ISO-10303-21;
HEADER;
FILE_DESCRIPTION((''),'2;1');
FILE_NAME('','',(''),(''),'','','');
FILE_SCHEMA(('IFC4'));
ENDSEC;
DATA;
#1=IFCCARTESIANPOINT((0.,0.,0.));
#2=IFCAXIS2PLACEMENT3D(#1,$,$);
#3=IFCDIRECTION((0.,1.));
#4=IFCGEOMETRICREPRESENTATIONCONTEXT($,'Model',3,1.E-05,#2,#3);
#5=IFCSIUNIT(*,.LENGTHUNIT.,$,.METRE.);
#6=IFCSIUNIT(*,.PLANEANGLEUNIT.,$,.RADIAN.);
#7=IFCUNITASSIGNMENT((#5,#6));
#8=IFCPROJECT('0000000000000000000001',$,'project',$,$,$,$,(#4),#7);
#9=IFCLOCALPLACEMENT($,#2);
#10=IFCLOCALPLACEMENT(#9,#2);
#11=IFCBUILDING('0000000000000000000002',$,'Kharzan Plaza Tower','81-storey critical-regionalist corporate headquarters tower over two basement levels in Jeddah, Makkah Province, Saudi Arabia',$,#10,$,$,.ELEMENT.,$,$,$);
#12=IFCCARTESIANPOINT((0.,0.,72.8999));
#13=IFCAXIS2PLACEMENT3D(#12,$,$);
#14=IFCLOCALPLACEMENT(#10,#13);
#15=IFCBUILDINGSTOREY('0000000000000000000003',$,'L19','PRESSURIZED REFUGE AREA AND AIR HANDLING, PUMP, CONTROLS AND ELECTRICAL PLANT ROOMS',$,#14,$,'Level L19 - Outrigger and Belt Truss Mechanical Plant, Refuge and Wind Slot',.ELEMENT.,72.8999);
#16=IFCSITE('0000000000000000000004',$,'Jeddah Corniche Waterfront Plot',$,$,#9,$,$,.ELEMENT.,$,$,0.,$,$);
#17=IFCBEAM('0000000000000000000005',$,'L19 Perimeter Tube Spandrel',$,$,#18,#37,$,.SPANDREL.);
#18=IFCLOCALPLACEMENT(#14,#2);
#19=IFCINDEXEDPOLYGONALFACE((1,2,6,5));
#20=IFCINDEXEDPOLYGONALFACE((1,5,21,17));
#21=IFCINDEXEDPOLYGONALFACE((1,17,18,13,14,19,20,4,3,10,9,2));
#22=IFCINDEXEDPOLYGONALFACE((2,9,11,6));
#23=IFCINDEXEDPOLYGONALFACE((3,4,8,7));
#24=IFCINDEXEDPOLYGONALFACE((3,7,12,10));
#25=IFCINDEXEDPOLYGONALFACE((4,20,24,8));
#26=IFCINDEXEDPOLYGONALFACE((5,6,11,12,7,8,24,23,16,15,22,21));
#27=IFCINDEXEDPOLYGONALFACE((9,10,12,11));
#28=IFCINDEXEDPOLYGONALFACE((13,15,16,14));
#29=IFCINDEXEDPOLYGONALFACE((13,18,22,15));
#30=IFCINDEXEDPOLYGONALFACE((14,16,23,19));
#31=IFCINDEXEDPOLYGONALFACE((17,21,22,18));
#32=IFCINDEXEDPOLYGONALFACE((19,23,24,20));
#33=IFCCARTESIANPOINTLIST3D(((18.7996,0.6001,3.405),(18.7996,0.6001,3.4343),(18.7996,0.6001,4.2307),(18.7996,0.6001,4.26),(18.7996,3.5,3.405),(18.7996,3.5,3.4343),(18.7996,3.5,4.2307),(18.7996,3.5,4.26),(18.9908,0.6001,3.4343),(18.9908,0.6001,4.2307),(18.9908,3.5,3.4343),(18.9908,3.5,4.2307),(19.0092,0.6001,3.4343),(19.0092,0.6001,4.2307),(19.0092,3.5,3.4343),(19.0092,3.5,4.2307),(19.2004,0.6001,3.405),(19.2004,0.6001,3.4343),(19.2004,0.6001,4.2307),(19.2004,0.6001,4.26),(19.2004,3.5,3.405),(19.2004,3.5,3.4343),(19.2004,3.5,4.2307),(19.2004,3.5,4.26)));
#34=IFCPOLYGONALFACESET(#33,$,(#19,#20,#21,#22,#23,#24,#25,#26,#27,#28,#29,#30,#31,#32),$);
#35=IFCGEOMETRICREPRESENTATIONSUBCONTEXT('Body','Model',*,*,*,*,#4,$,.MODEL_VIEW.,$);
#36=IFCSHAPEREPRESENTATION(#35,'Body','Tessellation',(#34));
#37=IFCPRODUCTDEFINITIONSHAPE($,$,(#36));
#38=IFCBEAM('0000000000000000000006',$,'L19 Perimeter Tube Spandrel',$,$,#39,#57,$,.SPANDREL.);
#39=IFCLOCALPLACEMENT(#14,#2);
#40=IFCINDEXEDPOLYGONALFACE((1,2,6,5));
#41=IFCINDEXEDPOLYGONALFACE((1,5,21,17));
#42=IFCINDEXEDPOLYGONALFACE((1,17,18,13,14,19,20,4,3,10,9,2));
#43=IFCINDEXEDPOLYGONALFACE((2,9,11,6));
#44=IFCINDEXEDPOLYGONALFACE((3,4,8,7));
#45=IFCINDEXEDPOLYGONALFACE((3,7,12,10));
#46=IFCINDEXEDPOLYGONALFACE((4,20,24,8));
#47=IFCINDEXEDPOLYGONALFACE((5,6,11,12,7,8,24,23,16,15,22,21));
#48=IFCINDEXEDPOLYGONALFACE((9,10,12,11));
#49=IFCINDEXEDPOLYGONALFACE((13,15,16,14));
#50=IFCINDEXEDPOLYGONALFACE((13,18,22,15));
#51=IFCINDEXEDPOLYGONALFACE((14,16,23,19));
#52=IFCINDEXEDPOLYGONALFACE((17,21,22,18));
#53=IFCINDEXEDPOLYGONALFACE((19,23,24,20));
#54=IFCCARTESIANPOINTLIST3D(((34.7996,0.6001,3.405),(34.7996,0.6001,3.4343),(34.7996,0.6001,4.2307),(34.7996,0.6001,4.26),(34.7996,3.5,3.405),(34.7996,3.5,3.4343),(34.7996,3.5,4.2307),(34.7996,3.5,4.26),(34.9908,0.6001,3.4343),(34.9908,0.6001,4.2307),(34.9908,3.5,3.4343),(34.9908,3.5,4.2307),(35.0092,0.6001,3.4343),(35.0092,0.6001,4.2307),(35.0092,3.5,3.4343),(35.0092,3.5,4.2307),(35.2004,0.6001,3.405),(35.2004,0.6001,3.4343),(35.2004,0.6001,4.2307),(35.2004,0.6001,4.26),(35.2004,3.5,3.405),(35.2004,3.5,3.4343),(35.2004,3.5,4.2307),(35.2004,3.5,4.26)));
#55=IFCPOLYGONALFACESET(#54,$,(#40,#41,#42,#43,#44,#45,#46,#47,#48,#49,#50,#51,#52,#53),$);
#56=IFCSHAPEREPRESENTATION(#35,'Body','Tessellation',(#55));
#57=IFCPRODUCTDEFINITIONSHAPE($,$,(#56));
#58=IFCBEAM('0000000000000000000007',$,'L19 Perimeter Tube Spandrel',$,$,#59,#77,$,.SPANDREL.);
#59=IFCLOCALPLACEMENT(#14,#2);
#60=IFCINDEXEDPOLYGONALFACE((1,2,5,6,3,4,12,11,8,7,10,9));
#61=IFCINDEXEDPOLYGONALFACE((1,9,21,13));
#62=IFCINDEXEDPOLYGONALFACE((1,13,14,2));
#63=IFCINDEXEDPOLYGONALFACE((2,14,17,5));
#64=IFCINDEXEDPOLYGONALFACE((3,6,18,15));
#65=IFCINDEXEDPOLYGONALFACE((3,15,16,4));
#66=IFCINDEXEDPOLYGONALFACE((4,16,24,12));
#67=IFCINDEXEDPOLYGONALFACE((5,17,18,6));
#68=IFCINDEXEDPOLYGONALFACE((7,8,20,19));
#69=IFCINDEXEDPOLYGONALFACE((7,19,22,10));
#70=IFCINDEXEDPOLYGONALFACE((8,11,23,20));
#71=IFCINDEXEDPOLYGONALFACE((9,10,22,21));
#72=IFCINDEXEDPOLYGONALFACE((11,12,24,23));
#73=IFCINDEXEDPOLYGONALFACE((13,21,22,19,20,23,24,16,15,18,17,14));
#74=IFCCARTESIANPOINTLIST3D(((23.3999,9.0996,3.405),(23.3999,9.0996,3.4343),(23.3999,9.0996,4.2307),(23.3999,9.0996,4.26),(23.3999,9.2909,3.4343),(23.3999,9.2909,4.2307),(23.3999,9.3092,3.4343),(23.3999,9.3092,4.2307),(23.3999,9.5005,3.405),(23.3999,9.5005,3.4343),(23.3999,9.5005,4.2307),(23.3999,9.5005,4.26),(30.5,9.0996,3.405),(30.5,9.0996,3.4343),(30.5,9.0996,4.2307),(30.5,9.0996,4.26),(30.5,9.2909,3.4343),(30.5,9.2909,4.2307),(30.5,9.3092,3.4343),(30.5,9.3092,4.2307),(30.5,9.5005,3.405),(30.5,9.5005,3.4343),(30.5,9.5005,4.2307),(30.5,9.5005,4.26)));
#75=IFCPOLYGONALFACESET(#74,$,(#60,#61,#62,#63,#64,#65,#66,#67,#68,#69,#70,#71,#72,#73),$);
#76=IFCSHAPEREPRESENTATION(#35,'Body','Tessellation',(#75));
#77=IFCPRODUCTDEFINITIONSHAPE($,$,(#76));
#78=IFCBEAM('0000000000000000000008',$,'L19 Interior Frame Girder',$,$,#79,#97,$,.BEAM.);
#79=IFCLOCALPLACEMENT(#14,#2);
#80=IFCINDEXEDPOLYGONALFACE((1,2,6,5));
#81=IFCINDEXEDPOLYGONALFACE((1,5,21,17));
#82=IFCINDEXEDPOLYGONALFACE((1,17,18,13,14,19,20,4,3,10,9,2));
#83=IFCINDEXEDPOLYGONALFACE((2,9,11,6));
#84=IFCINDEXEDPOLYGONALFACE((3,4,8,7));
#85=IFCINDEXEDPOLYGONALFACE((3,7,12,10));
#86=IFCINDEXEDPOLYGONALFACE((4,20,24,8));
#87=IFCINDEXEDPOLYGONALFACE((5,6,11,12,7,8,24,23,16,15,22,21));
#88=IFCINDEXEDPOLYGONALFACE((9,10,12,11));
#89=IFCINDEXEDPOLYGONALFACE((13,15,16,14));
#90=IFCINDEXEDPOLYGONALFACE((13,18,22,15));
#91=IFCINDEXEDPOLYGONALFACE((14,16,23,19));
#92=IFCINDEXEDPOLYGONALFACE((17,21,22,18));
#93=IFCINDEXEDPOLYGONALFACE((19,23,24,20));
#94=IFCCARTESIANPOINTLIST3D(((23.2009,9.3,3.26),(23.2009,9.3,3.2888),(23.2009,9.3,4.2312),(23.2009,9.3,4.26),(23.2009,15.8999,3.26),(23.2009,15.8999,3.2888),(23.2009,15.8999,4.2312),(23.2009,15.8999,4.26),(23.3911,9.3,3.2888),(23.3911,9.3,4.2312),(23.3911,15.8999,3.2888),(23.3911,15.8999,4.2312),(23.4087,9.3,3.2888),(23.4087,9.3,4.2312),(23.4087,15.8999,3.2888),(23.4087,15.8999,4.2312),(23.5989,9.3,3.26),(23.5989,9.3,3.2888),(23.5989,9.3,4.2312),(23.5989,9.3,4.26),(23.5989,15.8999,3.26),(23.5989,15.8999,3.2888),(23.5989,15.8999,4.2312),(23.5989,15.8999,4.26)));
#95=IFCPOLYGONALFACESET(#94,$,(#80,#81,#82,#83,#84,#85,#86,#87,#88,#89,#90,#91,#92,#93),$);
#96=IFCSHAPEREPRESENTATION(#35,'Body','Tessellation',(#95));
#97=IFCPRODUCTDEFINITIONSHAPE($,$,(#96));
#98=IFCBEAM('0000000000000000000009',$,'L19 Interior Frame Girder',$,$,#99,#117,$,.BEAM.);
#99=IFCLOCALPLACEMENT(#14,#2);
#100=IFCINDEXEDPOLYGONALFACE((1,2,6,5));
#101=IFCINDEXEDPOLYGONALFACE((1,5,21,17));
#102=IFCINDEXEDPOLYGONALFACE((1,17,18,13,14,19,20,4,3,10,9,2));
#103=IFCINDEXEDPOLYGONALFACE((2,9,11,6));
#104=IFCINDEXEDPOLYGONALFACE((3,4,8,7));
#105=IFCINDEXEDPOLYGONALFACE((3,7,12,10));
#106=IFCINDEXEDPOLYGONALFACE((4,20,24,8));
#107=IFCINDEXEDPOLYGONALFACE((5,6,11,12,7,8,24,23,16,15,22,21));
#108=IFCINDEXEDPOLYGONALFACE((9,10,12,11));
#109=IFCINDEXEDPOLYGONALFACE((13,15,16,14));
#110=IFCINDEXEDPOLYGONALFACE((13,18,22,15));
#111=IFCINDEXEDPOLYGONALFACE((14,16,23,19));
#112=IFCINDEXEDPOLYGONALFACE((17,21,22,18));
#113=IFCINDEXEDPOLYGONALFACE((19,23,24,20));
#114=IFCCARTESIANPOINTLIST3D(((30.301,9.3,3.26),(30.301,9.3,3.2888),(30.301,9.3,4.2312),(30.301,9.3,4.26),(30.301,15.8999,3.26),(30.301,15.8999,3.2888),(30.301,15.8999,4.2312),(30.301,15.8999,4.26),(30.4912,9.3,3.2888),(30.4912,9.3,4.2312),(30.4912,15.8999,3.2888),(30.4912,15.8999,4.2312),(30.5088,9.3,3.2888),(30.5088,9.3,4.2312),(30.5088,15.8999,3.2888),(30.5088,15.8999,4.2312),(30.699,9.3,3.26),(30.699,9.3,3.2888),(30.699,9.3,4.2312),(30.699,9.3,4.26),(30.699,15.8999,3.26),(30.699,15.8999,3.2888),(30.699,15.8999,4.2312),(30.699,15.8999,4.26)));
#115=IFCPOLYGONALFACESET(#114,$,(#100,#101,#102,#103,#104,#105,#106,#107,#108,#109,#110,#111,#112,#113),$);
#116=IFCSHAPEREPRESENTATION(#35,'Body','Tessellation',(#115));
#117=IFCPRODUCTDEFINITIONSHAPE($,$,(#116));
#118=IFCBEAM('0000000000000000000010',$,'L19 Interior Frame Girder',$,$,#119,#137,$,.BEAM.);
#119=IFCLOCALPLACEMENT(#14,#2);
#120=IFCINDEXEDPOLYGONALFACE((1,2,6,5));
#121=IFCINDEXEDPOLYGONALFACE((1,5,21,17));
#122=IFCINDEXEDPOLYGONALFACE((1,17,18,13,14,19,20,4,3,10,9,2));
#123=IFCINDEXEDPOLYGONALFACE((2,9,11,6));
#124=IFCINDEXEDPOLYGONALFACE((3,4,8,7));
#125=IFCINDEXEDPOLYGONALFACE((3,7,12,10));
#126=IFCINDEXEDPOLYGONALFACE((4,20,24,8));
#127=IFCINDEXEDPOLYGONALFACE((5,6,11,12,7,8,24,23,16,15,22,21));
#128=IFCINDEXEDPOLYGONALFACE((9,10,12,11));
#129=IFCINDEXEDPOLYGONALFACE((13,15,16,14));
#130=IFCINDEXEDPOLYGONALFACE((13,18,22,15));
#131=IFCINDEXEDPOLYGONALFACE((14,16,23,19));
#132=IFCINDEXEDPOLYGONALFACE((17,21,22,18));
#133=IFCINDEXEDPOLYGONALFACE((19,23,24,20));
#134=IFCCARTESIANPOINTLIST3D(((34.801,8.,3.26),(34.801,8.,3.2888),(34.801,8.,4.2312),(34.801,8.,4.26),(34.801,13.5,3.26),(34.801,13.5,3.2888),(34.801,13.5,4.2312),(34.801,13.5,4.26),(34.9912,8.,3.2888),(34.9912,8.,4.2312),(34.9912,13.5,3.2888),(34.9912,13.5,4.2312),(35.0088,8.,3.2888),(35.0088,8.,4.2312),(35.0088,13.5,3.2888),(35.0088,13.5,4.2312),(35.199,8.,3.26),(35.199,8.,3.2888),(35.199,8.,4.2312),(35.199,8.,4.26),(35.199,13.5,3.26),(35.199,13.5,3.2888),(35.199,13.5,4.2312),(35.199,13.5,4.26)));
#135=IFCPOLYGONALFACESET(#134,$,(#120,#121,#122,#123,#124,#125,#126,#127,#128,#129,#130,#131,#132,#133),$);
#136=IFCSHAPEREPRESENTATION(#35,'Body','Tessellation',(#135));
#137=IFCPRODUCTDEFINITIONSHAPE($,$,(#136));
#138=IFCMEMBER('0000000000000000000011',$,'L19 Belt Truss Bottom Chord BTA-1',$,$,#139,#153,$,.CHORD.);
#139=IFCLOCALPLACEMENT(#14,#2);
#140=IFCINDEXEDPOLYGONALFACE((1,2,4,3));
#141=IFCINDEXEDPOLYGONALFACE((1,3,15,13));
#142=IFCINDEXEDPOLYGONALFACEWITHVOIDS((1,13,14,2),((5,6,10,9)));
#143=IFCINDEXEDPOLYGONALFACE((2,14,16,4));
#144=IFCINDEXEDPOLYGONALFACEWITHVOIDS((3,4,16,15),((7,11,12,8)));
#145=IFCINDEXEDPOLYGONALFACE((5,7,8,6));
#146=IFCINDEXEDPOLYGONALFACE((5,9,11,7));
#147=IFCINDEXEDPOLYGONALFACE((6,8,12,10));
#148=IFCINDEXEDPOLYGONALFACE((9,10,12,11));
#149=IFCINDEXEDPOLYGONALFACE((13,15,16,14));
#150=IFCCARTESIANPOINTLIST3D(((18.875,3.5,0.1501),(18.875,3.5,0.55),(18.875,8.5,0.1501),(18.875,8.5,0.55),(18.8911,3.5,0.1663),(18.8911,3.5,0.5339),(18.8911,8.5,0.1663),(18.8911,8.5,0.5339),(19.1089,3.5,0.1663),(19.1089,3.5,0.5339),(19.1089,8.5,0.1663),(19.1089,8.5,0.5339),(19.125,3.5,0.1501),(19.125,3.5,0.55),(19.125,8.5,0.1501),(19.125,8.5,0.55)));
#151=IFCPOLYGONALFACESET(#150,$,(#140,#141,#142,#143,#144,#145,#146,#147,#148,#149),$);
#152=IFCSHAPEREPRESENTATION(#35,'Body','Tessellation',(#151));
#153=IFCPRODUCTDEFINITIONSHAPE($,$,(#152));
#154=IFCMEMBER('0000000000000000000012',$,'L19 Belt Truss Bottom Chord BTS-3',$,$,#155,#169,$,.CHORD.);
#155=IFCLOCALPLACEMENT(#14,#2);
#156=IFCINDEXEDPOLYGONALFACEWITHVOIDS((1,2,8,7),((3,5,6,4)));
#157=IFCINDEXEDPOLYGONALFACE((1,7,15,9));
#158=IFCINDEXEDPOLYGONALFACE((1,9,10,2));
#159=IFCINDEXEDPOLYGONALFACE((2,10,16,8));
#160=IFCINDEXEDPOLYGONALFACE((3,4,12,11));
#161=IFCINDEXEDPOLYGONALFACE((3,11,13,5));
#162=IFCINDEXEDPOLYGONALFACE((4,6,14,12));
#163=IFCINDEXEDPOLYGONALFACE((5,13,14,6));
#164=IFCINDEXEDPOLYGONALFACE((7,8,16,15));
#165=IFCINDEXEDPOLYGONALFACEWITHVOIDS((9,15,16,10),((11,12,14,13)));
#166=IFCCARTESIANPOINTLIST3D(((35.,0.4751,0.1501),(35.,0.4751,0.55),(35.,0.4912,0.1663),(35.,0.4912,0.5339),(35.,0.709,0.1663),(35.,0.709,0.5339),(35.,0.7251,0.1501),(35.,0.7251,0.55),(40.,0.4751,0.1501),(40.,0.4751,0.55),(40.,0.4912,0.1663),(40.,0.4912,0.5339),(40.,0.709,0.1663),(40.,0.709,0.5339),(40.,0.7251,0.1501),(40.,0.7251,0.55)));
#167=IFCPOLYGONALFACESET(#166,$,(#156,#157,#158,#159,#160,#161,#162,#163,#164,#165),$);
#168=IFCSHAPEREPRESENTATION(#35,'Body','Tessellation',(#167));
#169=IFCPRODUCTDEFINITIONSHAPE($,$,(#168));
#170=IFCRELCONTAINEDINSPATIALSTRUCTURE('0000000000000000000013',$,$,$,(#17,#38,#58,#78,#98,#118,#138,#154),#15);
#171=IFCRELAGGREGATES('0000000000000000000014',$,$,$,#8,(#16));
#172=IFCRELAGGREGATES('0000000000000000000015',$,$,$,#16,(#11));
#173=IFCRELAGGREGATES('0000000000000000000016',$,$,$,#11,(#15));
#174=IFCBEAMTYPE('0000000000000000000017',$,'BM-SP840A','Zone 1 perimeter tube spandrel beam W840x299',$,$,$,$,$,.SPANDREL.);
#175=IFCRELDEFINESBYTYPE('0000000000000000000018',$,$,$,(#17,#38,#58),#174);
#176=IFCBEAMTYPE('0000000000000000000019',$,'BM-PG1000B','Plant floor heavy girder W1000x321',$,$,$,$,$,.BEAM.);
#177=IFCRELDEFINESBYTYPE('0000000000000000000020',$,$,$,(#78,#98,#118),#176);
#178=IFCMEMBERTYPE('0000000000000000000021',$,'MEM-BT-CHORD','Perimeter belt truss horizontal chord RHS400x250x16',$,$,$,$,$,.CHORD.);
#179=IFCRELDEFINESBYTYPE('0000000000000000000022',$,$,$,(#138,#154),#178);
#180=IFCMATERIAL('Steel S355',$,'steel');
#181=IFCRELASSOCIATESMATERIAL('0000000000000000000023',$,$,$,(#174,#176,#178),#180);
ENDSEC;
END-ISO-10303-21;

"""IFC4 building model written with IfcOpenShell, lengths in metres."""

from ifc_helpers import new_model, si_unit, direction, frame, origin, origin_2d, place, context, subcontext, project, spatial, hollow_rectangle, i_section, extrude, source, transform, mapped, material, material_profile, profile_set, type_object, element, save


model = new_model("IFC4")

# Units and contexts
model_context = context("Model", 3, precision=1e-05, world=origin(), true_north=direction((0.0, 1.0)))
body_context = subcontext(model_context, "Body", "Model", "MODEL_VIEW")
ifc_project = project(units=[si_unit("LENGTHUNIT", "METRE"), si_unit("PLANEANGLEUNIT", "RADIAN")], contexts=[model_context])

# Site, building, storey
site_placement = place(None, origin())
site = spatial("IfcSite", under=ifc_project, at=site_placement, Name="Jeddah Corniche Waterfront Plot", CompositionType="ELEMENT", RefElevation=0.0)
building_placement = place(site_placement, origin())
building = spatial("IfcBuilding", under=site, at=building_placement, Name="Kharzan Plaza Tower", Description="81-storey critical-regionalist corporate headquarters tower over two basement levels in Jeddah, Makkah Province, Saudi Arabia", CompositionType="ELEMENT")
storey_placement = place(building_placement, frame((0.0, 0.0, 72.8999)))
storey = spatial("IfcBuildingStorey", under=building, at=storey_placement, Name="L19", Description="PRESSURIZED REFUGE AREA AND AIR HANDLING, PUMP, CONTROLS AND ELECTRICAL PLANT ROOMS", LongName="Level L19 - Outrigger and Belt Truss Mechanical Plant, Refuge and Wind Slot", CompositionType="ELEMENT", Elevation=72.8999)

# Beams
ifc_material_1 = material(Name="Steel S355", Category="steel")
ifc_material_profile_1 = material_profile(ifc_material_1, i_section(OverallWidth=0.4009, OverallDepth=0.855, WebThickness=0.0183, FlangeThickness=0.0293, at=origin_2d()), Name="W840x299")
ifc_profile_set_1 = profile_set([ifc_material_profile_1], Name="Steel S355")
beam_type_1 = type_object("IfcBeamType", Name="BM-SP840A", Description="Zone 1 perimeter tube spandrel beam W840x299", PredefinedType="SPANDREL", material=ifc_profile_set_1)
shared_shape_1 = source(origin(), body_context, "Body", "SweptSolid", [
    extrude(i_section(OverallWidth=0.4009, OverallDepth=0.855, WebThickness=0.0183, FlangeThickness=0.0293, at=origin_2d()), origin(), (0.0, 0.0, 1.0), 2.8999),
])
for number, where, z_axis, x_axis, name in (
    (1, (19.0, 0.6001, 3.8325), (0.0, 1.0, 0.0), (-1.0, 0.0, 0.0), "L19 Perimeter Tube Spandrel"),
    (2, (35.0, 0.6001, 3.8325), (0.0, 1.0, 0.0), (-1.0, 0.0, 0.0), "L19 Perimeter Tube Spandrel"),
):
    element("IfcBeam", number, at=place(storey_placement, frame(where, z_axis=z_axis, x_axis=x_axis)), inside=storey, type_object=beam_type_1, Name=name, PredefinedType="SPANDREL", context=body_context, shape_type="MappedRepresentation", body=[
        mapped(shared_shape_1, transform((0.0, 0.0, 0.0), x_axis=(1.0, 0.0, 0.0), y_axis=(0.0, 1.0, 0.0), z_axis=(0.0, 0.0, 1.0))),
    ])
shared_shape_2 = source(origin(), body_context, "Body", "SweptSolid", [
    extrude(i_section(OverallWidth=0.4009, OverallDepth=0.855, WebThickness=0.0183, FlangeThickness=0.0293, at=origin_2d()), origin(), (0.0, 0.0, 1.0), 7.1001),
])
beam_1_placement = place(storey_placement, frame((23.3999, 9.3, 3.8325), z_axis=(1.0, 0.0, 0.0), x_axis=(0.0, 1.0, 0.0)))
element("IfcBeam", 3, at=beam_1_placement, inside=storey, type_object=beam_type_1, Name="L19 Perimeter Tube Spandrel", PredefinedType="SPANDREL", context=body_context, shape_type="MappedRepresentation", body=[
    mapped(shared_shape_2, transform((0.0, 0.0, 0.0), x_axis=(1.0, 0.0, 0.0), y_axis=(0.0, 1.0, 0.0), z_axis=(0.0, 0.0, 1.0))),
])
ifc_material_profile_2 = material_profile(ifc_material_1, i_section(OverallWidth=0.3979, OverallDepth=1.0, WebThickness=0.0176, FlangeThickness=0.0288, at=origin_2d()), Name="W1000x321")
ifc_profile_set_2 = profile_set([ifc_material_profile_2], Name="Steel S355")
beam_type_2 = type_object("IfcBeamType", Name="BM-PG1000B", Description="Plant floor heavy girder W1000x321", PredefinedType="BEAM", material=ifc_profile_set_2)
shared_shape_3 = source(origin(), body_context, "Body", "SweptSolid", [
    extrude(i_section(OverallWidth=0.3979, OverallDepth=1.0, WebThickness=0.0176, FlangeThickness=0.0288, at=origin_2d()), origin(), (0.0, 0.0, 1.0), 6.5999),
])
for number, where, z_axis, x_axis, name in (
    (4, (23.3999, 9.3, 3.76), (0.0, 1.0, 0.0), (-1.0, 0.0, 0.0), "L19 Interior Frame Girder"),
    (5, (30.5, 9.3, 3.76), (0.0, 1.0, 0.0), (-1.0, 0.0, 0.0), "L19 Interior Frame Girder"),
):
    element("IfcBeam", number, at=place(storey_placement, frame(where, z_axis=z_axis, x_axis=x_axis)), inside=storey, type_object=beam_type_2, Name=name, PredefinedType="BEAM", context=body_context, shape_type="MappedRepresentation", body=[
        mapped(shared_shape_3, transform((0.0, 0.0, 0.0), x_axis=(1.0, 0.0, 0.0), y_axis=(0.0, 1.0, 0.0), z_axis=(0.0, 0.0, 1.0))),
    ])
shared_shape_4 = source(origin(), body_context, "Body", "SweptSolid", [
    extrude(i_section(OverallWidth=0.3979, OverallDepth=1.0, WebThickness=0.0176, FlangeThickness=0.0288, at=origin_2d()), origin(), (0.0, 0.0, 1.0), 5.5),
])
beam_2_placement = place(storey_placement, frame((35.0, 8.0, 3.76), z_axis=(0.0, 1.0, 0.0), x_axis=(-1.0, 0.0, 0.0)))
element("IfcBeam", 6, at=beam_2_placement, inside=storey, type_object=beam_type_2, Name="L19 Interior Frame Girder", PredefinedType="BEAM", context=body_context, shape_type="MappedRepresentation", body=[
    mapped(shared_shape_4, transform((0.0, 0.0, 0.0), x_axis=(1.0, 0.0, 0.0), y_axis=(0.0, 1.0, 0.0), z_axis=(0.0, 0.0, 1.0))),
])

# Members
ifc_material_profile_3 = material_profile(ifc_material_1, hollow_rectangle(XDim=0.25, YDim=0.3999, WallThickness=0.0161, at=origin_2d()), Name="RHS400x250x16")
ifc_profile_set_3 = profile_set([ifc_material_profile_3], Name="Steel S355")
member_type_1 = type_object("IfcMemberType", Name="MEM-BT-CHORD", Description="Perimeter belt truss horizontal chord RHS400x250x16", PredefinedType="CHORD", material=ifc_profile_set_3)
shared_shape_5 = source(origin(), body_context, "Body", "SweptSolid", [
    extrude(hollow_rectangle(XDim=0.25, YDim=0.3999, WallThickness=0.0161, at=origin_2d()), origin(), (0.0, 0.0, 1.0), 5.0),
])
for number, where, z_axis, x_axis, name in (
    (7, (19.0, 3.5, 0.3501), (0.0, 1.0, 0.0), (-1.0, 0.0, 0.0), "L19 Belt Truss Bottom Chord BTA-1"),
    (8, (35.0, 0.6001, 0.3501), (1.0, 0.0, 0.0), (0.0, 1.0, 0.0), "L19 Belt Truss Bottom Chord BTS-3"),
):
    element("IfcMember", number, at=place(storey_placement, frame(where, z_axis=z_axis, x_axis=x_axis)), inside=storey, type_object=member_type_1, Name=name, PredefinedType="CHORD", context=body_context, shape_type="MappedRepresentation", body=[
        mapped(shared_shape_5, transform((0.0, 0.0, 0.0), x_axis=(1.0, 0.0, 0.0), y_axis=(0.0, 1.0, 0.0), z_axis=(0.0, 0.0, 1.0))),
    ])

save(model, "model.ifc")
